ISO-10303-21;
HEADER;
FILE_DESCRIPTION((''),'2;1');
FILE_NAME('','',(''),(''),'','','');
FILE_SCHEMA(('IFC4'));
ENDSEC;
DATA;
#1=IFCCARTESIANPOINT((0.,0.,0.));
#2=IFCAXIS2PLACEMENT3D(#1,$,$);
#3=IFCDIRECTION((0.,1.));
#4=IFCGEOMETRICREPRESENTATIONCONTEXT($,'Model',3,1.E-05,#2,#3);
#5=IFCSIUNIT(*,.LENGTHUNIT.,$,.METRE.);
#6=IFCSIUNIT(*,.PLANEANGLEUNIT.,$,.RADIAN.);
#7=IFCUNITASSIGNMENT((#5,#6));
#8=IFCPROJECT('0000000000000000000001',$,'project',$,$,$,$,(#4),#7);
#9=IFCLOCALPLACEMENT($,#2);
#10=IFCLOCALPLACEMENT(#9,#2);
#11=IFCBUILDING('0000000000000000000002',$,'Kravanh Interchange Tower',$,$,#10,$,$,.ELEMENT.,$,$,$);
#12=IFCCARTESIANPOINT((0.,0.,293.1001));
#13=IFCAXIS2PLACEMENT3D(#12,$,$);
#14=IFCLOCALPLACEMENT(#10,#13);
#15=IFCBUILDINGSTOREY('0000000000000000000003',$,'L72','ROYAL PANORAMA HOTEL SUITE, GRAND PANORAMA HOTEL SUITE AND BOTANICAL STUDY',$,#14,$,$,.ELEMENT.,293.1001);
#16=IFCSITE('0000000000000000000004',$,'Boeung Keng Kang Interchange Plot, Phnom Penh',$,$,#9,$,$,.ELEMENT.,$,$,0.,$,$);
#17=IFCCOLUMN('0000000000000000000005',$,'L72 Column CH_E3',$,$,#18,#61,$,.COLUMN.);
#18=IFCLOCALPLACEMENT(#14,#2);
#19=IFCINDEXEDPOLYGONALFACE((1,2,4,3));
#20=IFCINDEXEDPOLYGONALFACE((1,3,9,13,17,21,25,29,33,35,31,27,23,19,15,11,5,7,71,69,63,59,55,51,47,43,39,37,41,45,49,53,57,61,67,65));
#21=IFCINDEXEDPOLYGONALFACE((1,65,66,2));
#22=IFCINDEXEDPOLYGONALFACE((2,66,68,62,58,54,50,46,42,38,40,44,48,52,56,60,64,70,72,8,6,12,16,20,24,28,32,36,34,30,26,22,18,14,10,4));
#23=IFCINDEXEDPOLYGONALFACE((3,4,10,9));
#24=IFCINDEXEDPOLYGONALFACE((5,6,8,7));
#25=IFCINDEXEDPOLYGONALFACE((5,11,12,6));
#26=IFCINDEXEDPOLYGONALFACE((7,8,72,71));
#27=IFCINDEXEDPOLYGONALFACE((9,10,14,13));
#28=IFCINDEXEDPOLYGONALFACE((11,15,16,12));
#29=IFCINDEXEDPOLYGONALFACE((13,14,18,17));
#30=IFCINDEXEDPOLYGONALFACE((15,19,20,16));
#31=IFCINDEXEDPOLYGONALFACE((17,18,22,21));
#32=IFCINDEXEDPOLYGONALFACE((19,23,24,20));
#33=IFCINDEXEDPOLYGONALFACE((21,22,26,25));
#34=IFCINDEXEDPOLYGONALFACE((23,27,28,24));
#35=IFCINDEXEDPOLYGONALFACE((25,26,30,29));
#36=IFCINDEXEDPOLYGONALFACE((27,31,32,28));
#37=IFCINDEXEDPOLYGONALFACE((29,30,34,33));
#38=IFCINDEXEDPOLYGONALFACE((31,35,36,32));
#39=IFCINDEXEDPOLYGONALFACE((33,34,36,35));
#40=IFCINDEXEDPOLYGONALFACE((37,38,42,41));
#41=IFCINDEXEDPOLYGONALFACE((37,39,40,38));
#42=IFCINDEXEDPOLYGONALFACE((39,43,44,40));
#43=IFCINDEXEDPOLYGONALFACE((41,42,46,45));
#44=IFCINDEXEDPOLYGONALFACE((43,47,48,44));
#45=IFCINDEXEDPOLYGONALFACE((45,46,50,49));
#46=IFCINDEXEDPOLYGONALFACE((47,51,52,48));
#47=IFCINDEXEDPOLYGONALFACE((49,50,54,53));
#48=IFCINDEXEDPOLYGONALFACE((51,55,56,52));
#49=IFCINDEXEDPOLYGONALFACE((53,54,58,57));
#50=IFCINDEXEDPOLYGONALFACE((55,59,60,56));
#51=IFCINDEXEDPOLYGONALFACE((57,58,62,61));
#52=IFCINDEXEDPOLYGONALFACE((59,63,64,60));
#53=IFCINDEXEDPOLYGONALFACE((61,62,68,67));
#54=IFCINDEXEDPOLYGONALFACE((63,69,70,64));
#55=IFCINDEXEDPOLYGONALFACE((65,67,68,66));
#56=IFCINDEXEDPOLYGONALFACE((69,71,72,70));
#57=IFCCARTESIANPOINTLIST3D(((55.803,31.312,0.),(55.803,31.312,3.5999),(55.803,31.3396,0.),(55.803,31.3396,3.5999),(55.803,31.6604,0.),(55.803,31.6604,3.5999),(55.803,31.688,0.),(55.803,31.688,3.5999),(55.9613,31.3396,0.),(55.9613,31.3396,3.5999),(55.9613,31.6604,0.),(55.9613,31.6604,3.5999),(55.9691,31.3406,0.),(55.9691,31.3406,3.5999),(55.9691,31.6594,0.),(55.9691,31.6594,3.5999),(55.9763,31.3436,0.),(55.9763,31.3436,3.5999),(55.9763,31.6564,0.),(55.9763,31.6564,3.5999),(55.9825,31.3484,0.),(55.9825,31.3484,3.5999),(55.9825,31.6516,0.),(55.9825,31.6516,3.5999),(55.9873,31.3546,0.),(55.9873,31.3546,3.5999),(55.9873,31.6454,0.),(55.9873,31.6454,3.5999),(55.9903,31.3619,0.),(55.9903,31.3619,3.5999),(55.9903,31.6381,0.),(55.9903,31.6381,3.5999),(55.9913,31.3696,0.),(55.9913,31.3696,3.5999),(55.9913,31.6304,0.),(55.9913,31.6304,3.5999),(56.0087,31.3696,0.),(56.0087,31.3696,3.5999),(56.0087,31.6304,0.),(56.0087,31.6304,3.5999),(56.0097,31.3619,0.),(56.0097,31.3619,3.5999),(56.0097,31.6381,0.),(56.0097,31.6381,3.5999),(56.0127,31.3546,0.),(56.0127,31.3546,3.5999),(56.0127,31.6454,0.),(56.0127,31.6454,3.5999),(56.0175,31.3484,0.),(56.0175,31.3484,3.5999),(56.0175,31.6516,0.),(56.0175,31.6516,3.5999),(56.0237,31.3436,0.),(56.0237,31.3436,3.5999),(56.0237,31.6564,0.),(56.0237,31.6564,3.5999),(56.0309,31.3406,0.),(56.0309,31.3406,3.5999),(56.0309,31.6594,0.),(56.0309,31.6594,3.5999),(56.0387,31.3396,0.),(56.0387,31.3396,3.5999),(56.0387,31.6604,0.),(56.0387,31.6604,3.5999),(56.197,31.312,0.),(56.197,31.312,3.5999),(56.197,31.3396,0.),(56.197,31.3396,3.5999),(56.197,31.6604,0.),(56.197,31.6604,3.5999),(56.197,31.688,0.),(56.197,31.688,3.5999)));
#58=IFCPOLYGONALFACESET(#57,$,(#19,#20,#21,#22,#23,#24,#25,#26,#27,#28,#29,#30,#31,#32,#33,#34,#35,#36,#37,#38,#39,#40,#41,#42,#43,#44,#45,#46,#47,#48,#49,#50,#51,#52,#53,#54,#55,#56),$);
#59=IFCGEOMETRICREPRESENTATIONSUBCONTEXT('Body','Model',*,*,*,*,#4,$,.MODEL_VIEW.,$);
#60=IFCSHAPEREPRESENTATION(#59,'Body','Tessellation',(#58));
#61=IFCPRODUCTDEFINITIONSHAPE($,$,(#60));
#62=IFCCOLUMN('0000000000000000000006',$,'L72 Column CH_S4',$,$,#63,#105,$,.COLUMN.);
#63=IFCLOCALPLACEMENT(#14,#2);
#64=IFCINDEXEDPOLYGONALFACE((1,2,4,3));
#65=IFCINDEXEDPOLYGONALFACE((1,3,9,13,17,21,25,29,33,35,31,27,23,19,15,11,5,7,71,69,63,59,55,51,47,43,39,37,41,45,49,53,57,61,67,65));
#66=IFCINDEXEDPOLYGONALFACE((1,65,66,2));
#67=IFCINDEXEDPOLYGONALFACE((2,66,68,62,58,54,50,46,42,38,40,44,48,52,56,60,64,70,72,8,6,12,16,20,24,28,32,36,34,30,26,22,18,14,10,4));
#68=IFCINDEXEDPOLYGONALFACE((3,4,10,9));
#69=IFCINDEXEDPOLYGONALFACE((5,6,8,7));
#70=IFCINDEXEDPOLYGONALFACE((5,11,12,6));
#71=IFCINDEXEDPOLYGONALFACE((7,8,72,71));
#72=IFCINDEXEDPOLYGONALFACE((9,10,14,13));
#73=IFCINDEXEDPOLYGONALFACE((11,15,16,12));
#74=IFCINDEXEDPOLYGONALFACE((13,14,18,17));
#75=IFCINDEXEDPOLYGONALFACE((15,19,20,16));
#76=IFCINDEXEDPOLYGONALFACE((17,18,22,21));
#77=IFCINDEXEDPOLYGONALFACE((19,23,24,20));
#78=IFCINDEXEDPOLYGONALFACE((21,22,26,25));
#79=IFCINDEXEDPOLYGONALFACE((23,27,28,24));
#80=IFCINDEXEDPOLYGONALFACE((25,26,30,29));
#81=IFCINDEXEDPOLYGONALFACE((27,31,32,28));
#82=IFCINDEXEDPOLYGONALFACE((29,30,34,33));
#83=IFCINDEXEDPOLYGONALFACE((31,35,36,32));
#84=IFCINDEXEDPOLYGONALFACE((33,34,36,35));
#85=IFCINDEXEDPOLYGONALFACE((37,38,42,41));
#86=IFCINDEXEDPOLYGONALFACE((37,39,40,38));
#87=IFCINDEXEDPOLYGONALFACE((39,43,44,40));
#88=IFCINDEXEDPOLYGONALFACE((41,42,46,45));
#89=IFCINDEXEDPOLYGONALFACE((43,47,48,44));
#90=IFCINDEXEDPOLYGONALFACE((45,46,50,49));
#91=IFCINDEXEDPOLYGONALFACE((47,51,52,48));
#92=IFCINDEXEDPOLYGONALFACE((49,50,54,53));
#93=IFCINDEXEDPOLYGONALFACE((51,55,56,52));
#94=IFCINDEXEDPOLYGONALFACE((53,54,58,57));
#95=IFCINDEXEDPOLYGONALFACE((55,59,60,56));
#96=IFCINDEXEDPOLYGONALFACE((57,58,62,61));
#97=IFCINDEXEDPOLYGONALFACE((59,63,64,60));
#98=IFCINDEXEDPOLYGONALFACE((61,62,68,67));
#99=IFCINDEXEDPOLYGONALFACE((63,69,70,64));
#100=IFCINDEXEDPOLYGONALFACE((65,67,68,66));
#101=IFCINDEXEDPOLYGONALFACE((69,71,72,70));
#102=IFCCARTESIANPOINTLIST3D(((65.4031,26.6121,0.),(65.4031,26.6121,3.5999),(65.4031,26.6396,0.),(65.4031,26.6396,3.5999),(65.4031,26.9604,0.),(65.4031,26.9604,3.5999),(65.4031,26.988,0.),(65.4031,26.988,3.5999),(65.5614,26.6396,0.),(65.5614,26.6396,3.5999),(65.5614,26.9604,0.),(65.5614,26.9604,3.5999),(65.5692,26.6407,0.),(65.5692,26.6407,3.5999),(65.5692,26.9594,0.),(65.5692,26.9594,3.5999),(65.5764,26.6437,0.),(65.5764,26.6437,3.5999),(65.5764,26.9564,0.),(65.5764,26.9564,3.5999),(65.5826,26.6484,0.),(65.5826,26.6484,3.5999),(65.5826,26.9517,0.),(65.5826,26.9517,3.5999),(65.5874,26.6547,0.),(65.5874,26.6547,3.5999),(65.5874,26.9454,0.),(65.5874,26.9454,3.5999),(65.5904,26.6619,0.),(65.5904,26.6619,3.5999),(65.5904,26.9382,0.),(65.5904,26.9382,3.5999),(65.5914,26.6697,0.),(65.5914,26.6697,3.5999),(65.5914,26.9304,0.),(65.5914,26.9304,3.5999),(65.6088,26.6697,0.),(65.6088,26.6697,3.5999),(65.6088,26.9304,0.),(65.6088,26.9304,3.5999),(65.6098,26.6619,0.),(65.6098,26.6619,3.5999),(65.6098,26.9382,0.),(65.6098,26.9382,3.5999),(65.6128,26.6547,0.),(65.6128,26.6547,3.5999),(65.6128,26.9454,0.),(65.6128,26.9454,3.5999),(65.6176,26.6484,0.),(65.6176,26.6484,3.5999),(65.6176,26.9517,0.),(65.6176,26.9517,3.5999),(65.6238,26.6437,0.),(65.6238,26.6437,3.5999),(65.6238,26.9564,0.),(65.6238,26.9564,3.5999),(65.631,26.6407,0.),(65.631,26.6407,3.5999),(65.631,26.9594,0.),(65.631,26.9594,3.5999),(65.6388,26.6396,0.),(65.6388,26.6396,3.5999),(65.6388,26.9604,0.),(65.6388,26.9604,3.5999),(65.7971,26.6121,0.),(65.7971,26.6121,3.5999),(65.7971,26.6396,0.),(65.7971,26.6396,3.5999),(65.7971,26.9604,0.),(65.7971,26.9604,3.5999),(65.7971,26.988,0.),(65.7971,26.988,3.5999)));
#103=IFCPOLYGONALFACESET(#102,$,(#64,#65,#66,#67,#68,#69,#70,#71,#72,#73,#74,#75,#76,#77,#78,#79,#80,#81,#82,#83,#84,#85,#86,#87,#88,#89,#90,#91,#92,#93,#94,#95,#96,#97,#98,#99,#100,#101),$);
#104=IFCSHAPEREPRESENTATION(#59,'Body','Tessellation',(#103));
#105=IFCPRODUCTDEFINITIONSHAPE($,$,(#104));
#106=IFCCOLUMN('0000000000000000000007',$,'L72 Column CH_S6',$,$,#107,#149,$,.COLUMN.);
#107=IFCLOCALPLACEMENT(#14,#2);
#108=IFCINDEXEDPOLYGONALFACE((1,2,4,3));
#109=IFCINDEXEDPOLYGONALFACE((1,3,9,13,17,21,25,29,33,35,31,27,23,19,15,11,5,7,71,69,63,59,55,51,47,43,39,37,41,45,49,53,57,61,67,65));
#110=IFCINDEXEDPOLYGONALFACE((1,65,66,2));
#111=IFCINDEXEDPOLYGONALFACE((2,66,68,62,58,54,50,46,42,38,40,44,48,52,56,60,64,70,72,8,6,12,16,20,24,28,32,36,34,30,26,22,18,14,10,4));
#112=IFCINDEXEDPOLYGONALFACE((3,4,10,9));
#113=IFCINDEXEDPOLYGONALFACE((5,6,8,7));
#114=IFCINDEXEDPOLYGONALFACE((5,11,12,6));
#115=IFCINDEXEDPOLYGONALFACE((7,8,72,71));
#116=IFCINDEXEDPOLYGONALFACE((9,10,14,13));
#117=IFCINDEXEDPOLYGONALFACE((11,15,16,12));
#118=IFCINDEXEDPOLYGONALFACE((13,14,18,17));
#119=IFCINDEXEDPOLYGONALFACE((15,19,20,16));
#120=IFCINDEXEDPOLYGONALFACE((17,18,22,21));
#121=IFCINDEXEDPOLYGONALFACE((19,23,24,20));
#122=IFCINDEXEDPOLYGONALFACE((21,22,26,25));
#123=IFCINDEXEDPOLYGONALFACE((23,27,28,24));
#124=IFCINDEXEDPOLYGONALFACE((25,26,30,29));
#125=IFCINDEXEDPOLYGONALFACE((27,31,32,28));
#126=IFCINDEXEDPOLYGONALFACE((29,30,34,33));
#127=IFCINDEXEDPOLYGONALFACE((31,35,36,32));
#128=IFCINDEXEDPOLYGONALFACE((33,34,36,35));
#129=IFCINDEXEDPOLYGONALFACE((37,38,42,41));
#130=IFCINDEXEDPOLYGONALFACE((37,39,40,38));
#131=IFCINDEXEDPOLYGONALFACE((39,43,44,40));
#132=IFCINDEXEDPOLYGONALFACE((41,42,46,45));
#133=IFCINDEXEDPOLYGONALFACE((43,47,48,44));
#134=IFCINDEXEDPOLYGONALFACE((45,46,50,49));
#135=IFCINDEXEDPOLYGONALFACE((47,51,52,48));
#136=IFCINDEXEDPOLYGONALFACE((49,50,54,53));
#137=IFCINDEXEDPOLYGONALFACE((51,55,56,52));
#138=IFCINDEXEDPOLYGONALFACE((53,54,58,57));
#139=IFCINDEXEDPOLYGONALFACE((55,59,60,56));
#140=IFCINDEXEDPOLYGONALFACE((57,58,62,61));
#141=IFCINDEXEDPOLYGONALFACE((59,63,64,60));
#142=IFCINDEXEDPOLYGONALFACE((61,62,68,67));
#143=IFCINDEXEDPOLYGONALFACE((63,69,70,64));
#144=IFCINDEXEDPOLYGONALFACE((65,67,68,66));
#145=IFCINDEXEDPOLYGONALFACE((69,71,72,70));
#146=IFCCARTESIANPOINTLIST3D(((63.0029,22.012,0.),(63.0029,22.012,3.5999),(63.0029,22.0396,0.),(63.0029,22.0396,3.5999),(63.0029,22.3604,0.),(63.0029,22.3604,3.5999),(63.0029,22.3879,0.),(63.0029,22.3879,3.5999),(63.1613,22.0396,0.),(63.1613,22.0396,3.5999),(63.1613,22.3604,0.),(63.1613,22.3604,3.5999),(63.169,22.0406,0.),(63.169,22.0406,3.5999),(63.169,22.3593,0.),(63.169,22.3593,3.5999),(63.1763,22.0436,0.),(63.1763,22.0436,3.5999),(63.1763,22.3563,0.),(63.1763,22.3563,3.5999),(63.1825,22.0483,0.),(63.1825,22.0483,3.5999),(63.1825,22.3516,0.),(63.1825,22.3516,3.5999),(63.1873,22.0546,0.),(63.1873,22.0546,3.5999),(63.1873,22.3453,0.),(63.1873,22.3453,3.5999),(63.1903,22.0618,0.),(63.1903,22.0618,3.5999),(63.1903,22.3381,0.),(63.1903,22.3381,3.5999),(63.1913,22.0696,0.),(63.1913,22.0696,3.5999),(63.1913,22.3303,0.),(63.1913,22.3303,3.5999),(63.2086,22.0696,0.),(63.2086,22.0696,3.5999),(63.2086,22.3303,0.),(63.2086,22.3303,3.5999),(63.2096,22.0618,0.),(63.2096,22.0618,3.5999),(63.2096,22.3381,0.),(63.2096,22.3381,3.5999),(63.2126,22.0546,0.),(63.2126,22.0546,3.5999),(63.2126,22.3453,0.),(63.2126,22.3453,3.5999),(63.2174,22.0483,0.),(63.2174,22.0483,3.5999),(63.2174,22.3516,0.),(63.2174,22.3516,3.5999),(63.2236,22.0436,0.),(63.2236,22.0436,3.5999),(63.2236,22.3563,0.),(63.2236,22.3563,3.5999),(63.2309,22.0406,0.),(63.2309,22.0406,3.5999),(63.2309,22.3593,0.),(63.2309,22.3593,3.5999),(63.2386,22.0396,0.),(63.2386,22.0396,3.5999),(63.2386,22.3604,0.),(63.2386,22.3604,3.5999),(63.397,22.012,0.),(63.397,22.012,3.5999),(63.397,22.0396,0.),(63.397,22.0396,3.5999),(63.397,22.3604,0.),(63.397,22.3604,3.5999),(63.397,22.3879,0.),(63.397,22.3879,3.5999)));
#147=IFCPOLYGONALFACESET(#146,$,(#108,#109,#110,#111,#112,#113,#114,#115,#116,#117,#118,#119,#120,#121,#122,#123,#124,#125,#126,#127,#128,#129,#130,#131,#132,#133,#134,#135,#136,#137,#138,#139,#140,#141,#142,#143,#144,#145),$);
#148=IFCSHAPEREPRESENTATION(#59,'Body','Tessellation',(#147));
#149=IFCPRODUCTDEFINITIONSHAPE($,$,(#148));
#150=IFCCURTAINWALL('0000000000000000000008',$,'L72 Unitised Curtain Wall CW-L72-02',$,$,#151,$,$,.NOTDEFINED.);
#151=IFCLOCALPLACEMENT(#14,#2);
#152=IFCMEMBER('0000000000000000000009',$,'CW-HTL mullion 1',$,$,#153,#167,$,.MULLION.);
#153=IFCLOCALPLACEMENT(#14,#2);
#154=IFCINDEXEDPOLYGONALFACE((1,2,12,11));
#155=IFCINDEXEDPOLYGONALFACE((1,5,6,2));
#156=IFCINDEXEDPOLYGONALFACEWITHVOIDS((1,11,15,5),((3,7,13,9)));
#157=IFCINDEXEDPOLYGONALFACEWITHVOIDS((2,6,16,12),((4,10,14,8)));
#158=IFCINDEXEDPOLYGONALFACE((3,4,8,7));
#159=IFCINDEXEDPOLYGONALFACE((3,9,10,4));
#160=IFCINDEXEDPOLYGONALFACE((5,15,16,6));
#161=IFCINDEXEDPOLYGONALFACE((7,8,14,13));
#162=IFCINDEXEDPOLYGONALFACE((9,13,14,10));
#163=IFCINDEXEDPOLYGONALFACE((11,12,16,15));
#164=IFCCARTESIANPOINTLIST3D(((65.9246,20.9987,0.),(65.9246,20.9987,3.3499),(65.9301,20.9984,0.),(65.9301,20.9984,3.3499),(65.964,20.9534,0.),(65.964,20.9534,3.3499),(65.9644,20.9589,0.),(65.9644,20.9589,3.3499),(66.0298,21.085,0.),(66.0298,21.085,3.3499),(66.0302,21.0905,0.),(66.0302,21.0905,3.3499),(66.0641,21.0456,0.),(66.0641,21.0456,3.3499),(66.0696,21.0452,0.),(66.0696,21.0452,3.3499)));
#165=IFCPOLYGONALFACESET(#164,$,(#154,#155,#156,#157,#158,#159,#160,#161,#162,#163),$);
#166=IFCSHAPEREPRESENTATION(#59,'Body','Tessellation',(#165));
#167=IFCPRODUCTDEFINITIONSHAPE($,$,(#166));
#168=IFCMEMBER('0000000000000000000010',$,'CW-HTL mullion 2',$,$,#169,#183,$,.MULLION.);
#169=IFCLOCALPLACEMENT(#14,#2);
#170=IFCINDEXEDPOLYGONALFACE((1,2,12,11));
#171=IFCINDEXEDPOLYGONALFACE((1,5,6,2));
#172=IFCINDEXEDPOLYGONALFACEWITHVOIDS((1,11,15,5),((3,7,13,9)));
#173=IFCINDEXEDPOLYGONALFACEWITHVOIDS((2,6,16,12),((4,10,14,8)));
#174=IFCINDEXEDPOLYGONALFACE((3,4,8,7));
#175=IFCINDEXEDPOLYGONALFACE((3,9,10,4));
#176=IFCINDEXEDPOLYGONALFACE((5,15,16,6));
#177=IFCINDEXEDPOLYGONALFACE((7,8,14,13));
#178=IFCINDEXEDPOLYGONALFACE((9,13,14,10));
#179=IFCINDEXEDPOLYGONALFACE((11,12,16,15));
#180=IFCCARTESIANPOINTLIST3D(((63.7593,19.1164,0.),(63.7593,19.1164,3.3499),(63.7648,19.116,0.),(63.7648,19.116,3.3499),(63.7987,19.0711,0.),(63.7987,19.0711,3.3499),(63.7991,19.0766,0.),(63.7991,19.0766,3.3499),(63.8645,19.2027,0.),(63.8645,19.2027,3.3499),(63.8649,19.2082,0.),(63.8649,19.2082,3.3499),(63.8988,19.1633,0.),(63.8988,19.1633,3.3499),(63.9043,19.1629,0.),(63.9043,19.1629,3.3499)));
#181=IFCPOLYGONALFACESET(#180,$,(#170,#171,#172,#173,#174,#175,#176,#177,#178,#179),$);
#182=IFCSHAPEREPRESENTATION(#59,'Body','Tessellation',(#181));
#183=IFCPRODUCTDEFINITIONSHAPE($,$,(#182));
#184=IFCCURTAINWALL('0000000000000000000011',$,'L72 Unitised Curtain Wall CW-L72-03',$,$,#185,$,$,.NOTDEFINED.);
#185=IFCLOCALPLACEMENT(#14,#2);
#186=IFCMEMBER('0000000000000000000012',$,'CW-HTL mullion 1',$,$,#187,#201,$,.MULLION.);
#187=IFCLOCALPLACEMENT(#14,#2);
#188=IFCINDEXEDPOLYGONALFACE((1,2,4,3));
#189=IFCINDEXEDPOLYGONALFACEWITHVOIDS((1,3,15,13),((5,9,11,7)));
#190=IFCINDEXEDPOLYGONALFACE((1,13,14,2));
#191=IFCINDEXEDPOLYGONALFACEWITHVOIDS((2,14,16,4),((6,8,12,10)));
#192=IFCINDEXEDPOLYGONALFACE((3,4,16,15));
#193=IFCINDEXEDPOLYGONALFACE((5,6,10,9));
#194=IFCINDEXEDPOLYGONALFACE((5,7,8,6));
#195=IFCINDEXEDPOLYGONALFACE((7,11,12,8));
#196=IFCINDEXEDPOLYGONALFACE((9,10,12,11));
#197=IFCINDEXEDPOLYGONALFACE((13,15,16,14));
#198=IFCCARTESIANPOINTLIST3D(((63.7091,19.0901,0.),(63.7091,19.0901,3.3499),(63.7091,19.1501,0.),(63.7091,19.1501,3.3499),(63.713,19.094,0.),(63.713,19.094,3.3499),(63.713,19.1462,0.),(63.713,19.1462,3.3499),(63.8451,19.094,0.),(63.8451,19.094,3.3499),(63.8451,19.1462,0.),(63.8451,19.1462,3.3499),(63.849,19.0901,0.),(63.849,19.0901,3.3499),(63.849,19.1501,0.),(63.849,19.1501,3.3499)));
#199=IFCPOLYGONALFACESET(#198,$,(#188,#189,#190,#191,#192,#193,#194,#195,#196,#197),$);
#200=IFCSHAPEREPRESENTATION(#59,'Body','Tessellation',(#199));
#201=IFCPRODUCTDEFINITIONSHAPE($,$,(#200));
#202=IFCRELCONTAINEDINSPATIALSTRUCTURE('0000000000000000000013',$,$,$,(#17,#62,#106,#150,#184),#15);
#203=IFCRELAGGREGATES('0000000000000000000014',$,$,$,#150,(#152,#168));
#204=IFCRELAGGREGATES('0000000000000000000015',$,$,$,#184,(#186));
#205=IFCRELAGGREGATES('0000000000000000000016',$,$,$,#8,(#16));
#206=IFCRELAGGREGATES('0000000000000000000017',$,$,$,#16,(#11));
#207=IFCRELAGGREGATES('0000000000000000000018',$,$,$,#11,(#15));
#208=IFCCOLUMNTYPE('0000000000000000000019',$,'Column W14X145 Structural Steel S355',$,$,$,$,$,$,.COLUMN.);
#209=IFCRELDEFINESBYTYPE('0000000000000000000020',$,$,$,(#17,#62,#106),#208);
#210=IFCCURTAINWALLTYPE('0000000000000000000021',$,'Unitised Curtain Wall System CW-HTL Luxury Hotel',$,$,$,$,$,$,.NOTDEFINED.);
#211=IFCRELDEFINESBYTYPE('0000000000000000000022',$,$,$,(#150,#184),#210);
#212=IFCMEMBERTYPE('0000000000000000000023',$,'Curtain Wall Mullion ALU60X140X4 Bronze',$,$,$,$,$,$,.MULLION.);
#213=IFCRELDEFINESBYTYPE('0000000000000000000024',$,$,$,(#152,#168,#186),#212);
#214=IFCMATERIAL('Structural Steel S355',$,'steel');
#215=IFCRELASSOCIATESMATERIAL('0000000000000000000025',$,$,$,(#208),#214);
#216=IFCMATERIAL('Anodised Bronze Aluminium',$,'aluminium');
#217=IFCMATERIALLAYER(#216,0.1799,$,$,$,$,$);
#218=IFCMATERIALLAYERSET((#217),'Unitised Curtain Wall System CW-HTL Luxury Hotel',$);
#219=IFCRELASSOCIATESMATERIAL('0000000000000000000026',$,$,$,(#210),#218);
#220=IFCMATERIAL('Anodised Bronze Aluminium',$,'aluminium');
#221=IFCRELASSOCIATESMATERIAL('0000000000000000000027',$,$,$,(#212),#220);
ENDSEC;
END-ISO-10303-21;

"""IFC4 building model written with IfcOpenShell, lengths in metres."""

from ifc_helpers import new_model, si_unit, direction, frame, origin, origin_2d, place, context, subcontext, project, spatial, hollow_rectangle, i_section, extrude, material, layer, layer_set, material_profile, profile_set, type_object, element, aggregate, save


model = new_model("IFC4")

# Units and contexts
model_context = context("Model", 3, precision=1e-05, world=origin(), true_north=direction((0.0, 1.0)))
body_context = subcontext(model_context, "Body", "Model", "MODEL_VIEW")
ifc_project = project(units=[si_unit("LENGTHUNIT", "METRE"), si_unit("PLANEANGLEUNIT", "RADIAN")], contexts=[model_context])

# Site, building, storey
site_placement = place(None, origin())
site = spatial("IfcSite", under=ifc_project, at=site_placement, Name="Boeung Keng Kang Interchange Plot, Phnom Penh", CompositionType="ELEMENT", RefElevation=0.0)
building_placement = place(site_placement, origin())
building = spatial("IfcBuilding", under=site, at=building_placement, Name="Kravanh Interchange Tower", CompositionType="ELEMENT")
storey_placement = place(building_placement, frame((0.0, 0.0, 293.1001)))
storey = spatial("IfcBuildingStorey", under=building, at=storey_placement, Name="L72", Description="ROYAL PANORAMA HOTEL SUITE, GRAND PANORAMA HOTEL SUITE AND BOTANICAL STUDY", CompositionType="ELEMENT", Elevation=293.1001)

# Columns
ifc_material_1 = material(Name="Structural Steel S355", Category="steel")
ifc_material_profile_1 = material_profile(ifc_material_1, i_section(OverallWidth=0.394, OverallDepth=0.376, WebThickness=0.0173, FlangeThickness=0.0276, FilletRadius=0.03, at=origin_2d()), Name="W14X145")
ifc_profile_set_1 = profile_set([ifc_material_profile_1], Name="Structural Steel S355")
column_type = type_object("IfcColumnType", Name="Column W14X145 Structural Steel S355", PredefinedType="COLUMN", material=ifc_profile_set_1)
for number, where, z_axis, x_axis, name in (
    (1, (56.0, 31.5, 0.0), (0.0, 0.0, 1.0), (1.0, 0.0, 0.0), "L72 Column CH_E3"),
    (2, (65.6001, 26.8, 0.0), (0.0, 0.0, 1.0), (1.0, 0.0, 0.0), "L72 Column CH_S4"),
    (3, (63.2, 22.2, 0.0), (0.0, 0.0, 1.0), (1.0, 0.0, 0.0), "L72 Column CH_S6"),
):
    element("IfcColumn", number, at=place(storey_placement, frame(where, z_axis=z_axis, x_axis=x_axis)), inside=storey, type_object=column_type, Name=name, PredefinedType="COLUMN", context=body_context, shape_type="SweptSolid", body=[
        extrude(i_section(OverallWidth=0.394, OverallDepth=0.376, WebThickness=0.0173, FlangeThickness=0.0276, FilletRadius=0.03, at=origin_2d()), origin(), (0.0, 0.0, 1.0), 3.5999),
    ])

# Curtain walls, members
ifc_material_2 = material(Name="Anodised Bronze Aluminium", Category="aluminium")
ifc_layer_1 = layer(ifc_material_2, 0.1799)
ifc_layer_set_1 = layer_set([ifc_layer_1], Name="Unitised Curtain Wall System CW-HTL Luxury Hotel")
curtain_wall_type = type_object("IfcCurtainWallType", Name="Unitised Curtain Wall System CW-HTL Luxury Hotel", PredefinedType="NOTDEFINED", material=ifc_layer_set_1)
curtain_wall_1_placement = place(storey_placement, origin())
curtain_wall_1 = element("IfcCurtainWall", 4, at=curtain_wall_1_placement, inside=storey, type_object=curtain_wall_type, Name="L72 Unitised Curtain Wall CW-L72-02", PredefinedType="NOTDEFINED")
ifc_material_3 = material(Name="Anodised Bronze Aluminium", Category="aluminium")
ifc_material_profile_2 = material_profile(ifc_material_3, hollow_rectangle(XDim=0.0601, YDim=0.1399, WallThickness=0.0039, at=origin_2d()), Name="ALU60X140X4")
ifc_profile_set_2 = profile_set([ifc_material_profile_2], Name="Anodised Bronze Aluminium")
member_type_1 = type_object("IfcMemberType", Name="Curtain Wall Mullion ALU60X140X4 Bronze", PredefinedType="MULLION", material=ifc_profile_set_2)
member_1_placement = place(storey_placement, frame((65.9971, 21.022, 0.0), z_axis=(0.0, 0.0, 1.0), x_axis=(0.656033, -0.754732, 0.0)))
member_1 = element("IfcMember", 5, at=member_1_placement, type_object=member_type_1, Name="CW-HTL mullion 1", PredefinedType="MULLION", context=body_context, shape_type="SweptSolid", body=[
    extrude(hollow_rectangle(XDim=0.0601, YDim=0.1399, WallThickness=0.0039, at=origin_2d()), origin(), (0.0, 0.0, 1.0), 3.3499),
])
member_2_placement = place(storey_placement, frame((63.8318, 19.1396, 0.0), z_axis=(0.0, 0.0, 1.0), x_axis=(0.656033, -0.754732, 0.0)))
member_2 = element("IfcMember", 6, at=member_2_placement, type_object=member_type_1, Name="CW-HTL mullion 2", PredefinedType="MULLION", context=body_context, shape_type="SweptSolid", body=[
    extrude(hollow_rectangle(XDim=0.0601, YDim=0.1399, WallThickness=0.0039, at=origin_2d()), origin(), (0.0, 0.0, 1.0), 3.3499),
])
curtain_wall_2_placement = place(storey_placement, origin())
curtain_wall_2 = element("IfcCurtainWall", 7, at=curtain_wall_2_placement, inside=storey, type_object=curtain_wall_type, Name="L72 Unitised Curtain Wall CW-L72-03", PredefinedType="NOTDEFINED")
member_3_placement = place(storey_placement, frame((63.7791, 19.1201, 0.0), z_axis=(0.0, 0.0, 1.0), x_axis=(0.0, -1.0, 0.0)))
member_3 = element("IfcMember", 8, at=member_3_placement, type_object=member_type_1, Name="CW-HTL mullion 1", PredefinedType="MULLION", context=body_context, shape_type="SweptSolid", body=[
    extrude(hollow_rectangle(XDim=0.0601, YDim=0.1399, WallThickness=0.0039, at=origin_2d()), origin(), (0.0, 0.0, 1.0), 3.3499),
])

aggregate(curtain_wall_1, [member_1, member_2])
aggregate(curtain_wall_2, [member_3])

save(model, "model.ifc")
